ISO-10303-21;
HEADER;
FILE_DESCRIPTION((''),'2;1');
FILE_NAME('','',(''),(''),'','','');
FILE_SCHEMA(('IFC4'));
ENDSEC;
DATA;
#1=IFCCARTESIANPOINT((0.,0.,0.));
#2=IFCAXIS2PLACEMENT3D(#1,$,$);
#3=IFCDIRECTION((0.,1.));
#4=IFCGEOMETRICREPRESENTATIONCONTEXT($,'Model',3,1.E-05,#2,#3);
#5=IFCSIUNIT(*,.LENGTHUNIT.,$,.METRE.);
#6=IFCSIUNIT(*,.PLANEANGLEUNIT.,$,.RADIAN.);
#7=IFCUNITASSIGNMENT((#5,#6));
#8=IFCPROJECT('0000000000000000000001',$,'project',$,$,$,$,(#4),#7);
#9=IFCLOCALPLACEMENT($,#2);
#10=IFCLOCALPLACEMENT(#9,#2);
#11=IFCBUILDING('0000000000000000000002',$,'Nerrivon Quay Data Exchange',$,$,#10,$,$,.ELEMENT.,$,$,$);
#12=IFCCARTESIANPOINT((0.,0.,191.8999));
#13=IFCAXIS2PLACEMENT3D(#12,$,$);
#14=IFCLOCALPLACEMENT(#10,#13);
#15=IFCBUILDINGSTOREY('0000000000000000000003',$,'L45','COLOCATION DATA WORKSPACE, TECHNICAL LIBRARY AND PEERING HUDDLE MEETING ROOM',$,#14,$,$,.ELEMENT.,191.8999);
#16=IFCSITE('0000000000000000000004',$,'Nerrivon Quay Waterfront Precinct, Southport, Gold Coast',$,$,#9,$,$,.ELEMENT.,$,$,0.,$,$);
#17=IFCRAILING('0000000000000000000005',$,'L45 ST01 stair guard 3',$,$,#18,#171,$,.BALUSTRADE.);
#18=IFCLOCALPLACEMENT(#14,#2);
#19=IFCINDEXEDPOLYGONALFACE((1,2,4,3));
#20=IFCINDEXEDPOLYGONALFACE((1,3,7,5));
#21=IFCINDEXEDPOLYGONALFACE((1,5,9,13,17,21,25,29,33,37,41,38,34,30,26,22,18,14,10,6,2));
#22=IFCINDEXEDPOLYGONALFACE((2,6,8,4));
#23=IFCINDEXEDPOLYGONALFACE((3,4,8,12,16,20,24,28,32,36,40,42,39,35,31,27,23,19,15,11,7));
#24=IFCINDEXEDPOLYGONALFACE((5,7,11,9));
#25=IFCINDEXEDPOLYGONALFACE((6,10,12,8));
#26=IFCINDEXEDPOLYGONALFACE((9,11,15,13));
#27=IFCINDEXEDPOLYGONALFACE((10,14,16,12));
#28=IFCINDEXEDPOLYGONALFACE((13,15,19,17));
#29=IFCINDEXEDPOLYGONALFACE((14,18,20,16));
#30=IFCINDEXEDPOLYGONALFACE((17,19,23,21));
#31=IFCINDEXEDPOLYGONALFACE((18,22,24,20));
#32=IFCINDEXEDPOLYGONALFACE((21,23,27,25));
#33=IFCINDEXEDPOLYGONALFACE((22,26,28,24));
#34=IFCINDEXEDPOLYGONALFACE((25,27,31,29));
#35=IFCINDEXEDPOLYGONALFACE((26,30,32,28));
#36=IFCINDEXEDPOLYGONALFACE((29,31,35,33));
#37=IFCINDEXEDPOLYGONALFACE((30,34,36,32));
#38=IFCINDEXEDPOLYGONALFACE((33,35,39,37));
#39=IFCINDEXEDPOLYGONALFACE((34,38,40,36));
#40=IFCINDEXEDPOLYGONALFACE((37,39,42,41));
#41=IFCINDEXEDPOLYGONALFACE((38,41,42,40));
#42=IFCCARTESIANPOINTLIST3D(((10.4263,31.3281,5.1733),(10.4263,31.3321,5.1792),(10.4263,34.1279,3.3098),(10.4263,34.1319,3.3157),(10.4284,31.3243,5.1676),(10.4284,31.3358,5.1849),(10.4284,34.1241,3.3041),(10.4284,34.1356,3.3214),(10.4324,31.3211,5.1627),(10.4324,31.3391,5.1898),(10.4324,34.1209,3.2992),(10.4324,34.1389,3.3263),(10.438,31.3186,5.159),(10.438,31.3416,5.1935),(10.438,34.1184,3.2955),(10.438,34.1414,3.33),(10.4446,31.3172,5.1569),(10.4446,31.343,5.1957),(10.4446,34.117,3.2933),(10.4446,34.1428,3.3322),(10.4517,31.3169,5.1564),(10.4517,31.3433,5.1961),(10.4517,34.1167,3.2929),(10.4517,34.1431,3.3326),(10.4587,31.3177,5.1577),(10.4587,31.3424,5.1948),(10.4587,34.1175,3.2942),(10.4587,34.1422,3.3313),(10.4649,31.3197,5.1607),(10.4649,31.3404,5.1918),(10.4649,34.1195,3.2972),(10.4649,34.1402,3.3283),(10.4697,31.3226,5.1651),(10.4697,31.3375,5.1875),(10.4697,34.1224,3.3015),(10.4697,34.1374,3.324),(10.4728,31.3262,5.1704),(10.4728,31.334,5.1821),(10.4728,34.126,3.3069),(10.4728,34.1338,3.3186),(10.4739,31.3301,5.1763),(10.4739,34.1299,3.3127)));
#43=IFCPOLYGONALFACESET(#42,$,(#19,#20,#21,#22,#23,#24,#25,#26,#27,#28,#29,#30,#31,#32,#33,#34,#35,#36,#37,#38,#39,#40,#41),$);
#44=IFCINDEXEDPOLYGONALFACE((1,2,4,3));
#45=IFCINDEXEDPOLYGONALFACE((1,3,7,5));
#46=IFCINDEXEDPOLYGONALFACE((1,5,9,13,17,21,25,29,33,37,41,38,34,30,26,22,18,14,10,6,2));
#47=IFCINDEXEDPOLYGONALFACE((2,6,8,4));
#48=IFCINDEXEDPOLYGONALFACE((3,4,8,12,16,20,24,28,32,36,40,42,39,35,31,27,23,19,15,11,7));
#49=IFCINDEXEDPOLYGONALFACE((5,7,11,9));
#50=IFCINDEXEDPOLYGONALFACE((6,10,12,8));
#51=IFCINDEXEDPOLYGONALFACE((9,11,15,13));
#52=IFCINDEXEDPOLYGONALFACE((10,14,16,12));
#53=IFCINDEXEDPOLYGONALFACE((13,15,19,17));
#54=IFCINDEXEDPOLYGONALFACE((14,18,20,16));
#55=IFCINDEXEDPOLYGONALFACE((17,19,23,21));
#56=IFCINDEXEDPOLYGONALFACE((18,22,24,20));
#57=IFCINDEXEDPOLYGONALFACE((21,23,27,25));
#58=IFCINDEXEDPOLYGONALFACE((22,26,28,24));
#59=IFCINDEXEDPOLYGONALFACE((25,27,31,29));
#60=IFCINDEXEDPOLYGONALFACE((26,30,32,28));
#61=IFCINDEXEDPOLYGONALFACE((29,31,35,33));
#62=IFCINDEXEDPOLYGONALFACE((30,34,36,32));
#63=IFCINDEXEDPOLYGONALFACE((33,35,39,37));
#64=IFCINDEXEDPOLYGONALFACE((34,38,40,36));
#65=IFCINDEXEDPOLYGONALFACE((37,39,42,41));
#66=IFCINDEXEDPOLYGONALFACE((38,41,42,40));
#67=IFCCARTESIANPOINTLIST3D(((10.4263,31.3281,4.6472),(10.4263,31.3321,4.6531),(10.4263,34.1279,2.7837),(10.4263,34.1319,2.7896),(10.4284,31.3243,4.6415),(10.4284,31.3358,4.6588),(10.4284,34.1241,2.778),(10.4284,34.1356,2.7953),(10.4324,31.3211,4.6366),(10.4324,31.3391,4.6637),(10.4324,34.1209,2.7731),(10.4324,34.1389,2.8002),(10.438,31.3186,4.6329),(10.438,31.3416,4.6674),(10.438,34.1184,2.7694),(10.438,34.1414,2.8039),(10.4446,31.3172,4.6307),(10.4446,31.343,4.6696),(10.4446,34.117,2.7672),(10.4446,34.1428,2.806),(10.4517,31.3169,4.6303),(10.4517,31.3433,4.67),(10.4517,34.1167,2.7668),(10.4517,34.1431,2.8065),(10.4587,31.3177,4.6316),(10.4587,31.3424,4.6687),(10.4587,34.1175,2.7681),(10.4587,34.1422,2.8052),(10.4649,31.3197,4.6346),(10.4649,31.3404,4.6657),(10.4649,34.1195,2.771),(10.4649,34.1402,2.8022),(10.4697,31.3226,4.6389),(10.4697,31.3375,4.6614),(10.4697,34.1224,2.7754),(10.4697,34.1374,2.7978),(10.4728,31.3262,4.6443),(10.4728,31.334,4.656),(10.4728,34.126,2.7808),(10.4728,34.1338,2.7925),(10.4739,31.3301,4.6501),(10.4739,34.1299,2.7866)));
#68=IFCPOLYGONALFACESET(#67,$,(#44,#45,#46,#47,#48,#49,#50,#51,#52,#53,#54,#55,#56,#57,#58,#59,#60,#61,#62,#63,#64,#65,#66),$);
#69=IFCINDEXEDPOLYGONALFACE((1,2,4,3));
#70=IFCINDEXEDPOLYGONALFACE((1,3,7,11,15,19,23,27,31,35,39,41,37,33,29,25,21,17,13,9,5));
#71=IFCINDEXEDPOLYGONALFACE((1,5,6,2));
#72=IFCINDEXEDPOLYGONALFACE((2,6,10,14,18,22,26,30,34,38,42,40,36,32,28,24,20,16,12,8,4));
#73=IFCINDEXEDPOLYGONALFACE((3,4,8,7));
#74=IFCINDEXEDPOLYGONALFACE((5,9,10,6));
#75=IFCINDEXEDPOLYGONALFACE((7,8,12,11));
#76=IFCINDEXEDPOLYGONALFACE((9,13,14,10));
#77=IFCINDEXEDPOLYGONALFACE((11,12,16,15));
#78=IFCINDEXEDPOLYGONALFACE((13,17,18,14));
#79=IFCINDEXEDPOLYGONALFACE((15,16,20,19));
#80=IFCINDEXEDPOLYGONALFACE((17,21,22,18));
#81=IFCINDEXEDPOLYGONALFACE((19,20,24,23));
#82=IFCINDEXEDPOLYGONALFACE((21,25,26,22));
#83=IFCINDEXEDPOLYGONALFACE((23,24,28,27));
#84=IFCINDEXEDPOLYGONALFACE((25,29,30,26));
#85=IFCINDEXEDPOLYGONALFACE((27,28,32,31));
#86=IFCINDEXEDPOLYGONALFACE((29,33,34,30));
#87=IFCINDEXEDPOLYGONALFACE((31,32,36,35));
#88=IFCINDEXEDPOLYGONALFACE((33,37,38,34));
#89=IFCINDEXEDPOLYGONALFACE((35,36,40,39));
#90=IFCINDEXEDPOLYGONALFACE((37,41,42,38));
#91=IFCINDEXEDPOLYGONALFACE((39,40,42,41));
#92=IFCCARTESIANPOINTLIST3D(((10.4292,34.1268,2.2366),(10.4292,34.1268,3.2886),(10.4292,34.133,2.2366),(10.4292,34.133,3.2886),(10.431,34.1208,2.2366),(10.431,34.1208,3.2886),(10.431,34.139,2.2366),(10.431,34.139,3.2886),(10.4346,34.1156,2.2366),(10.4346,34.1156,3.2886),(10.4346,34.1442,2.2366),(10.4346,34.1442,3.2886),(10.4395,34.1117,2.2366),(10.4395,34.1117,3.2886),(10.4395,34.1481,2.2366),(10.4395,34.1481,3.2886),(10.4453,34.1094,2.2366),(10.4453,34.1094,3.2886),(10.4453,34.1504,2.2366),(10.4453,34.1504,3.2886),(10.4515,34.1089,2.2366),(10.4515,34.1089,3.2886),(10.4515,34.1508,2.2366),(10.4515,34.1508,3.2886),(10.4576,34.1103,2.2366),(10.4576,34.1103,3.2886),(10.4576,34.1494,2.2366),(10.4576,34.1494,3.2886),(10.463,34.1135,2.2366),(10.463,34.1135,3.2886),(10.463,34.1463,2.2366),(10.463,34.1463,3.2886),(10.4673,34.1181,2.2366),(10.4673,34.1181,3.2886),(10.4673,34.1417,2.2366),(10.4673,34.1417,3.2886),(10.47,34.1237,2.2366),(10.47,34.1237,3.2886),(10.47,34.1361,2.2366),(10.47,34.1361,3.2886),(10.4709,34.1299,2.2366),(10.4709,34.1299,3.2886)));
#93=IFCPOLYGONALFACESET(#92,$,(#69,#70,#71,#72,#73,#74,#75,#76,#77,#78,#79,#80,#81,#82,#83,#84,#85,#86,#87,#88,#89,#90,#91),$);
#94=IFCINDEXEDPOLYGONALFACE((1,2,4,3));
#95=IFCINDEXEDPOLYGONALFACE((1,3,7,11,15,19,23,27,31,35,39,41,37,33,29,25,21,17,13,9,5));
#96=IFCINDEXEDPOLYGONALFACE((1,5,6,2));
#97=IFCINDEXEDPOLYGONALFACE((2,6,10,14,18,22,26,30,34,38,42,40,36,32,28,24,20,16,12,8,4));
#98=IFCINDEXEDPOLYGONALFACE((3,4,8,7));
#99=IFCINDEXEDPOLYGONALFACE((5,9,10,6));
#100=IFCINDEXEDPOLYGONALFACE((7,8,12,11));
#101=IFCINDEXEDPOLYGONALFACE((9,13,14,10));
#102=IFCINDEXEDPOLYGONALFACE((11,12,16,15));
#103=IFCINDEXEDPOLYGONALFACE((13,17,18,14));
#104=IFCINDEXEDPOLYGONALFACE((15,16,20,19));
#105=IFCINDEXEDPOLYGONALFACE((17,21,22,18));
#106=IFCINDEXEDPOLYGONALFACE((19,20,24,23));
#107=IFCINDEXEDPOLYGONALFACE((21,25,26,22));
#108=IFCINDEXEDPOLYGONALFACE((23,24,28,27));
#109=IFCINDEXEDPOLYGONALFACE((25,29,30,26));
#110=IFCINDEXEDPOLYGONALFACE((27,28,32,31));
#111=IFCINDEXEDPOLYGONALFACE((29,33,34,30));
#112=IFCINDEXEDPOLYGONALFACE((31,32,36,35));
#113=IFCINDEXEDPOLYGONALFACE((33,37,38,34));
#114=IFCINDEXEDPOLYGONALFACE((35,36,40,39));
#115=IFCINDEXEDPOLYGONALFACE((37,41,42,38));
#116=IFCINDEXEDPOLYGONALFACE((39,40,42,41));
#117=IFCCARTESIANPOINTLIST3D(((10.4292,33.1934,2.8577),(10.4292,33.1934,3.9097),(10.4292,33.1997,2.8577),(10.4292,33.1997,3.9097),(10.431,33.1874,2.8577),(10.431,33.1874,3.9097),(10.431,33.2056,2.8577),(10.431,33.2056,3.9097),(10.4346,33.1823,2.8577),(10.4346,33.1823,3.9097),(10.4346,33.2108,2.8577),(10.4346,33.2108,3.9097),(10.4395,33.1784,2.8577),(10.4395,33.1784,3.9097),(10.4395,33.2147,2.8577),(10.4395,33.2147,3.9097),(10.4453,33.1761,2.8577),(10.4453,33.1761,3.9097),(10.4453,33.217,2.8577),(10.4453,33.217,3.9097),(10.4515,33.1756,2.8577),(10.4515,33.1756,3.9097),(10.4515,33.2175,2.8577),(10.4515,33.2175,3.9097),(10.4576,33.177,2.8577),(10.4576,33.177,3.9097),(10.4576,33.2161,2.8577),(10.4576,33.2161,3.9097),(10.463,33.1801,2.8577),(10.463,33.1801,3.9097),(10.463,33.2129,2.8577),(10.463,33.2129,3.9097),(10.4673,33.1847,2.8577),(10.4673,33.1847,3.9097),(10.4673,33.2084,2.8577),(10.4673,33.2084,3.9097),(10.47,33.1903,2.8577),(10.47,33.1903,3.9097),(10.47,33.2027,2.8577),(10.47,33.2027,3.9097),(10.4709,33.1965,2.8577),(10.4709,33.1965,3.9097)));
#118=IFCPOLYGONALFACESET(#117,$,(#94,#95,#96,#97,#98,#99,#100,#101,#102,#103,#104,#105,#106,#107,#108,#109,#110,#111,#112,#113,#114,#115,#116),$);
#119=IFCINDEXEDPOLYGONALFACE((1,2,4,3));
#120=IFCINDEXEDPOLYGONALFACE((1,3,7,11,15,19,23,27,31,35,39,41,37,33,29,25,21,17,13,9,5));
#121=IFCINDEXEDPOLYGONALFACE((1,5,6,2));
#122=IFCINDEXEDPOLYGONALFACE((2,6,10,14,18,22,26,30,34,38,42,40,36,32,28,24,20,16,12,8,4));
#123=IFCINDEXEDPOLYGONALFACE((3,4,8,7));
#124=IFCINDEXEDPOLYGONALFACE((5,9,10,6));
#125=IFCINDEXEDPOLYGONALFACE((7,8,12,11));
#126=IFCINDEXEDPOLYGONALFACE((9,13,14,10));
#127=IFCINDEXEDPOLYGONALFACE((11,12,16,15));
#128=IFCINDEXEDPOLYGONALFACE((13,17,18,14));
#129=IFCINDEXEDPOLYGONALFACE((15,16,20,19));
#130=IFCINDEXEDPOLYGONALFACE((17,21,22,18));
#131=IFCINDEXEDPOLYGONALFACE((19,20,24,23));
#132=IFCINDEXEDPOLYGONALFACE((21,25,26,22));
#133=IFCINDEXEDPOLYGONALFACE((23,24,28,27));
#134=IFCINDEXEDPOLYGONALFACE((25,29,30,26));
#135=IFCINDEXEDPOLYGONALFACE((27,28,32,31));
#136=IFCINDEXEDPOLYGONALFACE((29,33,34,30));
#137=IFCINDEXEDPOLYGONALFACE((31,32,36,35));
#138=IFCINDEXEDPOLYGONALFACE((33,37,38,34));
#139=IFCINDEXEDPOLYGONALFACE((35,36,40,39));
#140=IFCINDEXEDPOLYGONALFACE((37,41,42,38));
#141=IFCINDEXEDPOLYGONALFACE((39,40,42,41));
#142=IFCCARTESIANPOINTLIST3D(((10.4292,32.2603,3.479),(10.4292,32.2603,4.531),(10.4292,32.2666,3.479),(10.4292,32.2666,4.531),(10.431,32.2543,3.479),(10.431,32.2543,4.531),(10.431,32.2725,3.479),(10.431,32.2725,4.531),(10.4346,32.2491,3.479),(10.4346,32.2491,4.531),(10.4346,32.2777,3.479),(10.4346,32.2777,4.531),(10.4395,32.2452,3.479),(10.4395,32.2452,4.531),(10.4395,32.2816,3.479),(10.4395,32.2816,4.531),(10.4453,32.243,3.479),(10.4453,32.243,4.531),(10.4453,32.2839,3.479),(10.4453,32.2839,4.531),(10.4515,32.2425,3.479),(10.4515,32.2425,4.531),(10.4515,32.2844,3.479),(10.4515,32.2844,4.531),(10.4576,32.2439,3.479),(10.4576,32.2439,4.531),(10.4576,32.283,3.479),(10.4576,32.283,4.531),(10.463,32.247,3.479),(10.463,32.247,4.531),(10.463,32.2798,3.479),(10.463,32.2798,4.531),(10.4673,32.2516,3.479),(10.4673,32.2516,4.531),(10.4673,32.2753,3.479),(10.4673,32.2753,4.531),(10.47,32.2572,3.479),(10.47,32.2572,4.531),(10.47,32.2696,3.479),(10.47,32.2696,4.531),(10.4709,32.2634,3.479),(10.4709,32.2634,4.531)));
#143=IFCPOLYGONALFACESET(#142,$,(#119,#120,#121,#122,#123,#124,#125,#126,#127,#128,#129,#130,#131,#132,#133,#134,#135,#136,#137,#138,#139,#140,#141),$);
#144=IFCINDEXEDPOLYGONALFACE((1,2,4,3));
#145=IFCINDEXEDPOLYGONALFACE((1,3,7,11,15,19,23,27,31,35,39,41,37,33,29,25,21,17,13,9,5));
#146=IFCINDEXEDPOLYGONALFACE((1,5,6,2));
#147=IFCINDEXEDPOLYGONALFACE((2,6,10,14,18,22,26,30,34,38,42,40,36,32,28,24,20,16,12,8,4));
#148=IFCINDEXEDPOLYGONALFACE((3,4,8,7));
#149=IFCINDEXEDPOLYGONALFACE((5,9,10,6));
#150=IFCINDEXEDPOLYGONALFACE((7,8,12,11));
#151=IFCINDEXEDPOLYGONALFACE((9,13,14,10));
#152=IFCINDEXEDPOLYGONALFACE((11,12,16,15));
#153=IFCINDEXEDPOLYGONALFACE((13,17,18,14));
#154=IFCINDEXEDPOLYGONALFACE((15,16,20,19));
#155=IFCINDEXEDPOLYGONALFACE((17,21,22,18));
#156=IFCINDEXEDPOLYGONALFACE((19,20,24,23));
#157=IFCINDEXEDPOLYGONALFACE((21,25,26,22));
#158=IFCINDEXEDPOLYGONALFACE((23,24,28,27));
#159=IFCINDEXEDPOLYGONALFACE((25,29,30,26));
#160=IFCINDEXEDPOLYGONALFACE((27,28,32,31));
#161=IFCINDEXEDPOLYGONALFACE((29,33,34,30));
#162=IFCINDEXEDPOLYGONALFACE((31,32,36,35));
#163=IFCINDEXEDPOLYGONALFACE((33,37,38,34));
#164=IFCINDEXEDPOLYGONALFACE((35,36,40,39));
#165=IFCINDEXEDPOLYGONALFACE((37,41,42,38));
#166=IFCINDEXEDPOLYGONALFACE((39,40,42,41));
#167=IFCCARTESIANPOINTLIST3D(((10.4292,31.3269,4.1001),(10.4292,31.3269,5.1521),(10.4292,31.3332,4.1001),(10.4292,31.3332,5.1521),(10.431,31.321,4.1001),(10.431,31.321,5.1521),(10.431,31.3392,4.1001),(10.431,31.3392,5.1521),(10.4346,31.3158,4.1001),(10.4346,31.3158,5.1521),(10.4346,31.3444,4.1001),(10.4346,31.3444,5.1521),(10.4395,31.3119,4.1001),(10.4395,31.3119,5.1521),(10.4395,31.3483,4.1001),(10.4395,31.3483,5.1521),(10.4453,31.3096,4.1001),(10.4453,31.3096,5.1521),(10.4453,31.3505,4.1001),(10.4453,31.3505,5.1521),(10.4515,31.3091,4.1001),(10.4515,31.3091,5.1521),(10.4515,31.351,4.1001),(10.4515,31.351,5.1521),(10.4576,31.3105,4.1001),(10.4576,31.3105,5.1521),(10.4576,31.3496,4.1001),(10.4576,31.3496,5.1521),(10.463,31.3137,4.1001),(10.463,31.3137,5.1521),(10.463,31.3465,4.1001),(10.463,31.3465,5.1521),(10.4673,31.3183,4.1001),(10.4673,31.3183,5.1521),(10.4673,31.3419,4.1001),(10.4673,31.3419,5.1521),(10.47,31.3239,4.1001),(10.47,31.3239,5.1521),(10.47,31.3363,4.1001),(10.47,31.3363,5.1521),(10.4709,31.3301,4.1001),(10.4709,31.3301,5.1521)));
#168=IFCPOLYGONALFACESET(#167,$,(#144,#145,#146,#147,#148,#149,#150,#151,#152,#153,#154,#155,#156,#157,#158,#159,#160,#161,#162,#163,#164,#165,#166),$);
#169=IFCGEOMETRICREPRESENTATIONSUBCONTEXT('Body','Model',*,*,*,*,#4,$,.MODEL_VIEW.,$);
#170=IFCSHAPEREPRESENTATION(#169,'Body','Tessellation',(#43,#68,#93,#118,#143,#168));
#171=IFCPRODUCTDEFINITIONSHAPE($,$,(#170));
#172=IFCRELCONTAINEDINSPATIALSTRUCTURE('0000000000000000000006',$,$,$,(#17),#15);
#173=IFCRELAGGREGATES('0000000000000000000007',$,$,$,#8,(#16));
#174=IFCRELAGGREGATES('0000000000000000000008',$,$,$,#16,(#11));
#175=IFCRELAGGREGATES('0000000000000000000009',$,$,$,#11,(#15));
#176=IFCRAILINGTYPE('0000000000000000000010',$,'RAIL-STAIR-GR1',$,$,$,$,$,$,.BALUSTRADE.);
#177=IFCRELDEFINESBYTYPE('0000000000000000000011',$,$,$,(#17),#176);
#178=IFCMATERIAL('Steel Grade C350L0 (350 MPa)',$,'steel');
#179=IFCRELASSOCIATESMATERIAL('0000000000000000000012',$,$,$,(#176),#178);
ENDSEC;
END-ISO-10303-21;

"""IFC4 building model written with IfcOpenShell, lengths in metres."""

from ifc_helpers import new_model, si_unit, direction, frame, origin, origin_2d, place, context, subcontext, project, spatial, circle, extrude, material, type_object, element, save


model = new_model("IFC4")

# Units and contexts
model_context = context("Model", 3, precision=1e-05, world=origin(), true_north=direction((0.0, 1.0)))
body_context = subcontext(model_context, "Body", "Model", "MODEL_VIEW")
ifc_project = project(units=[si_unit("LENGTHUNIT", "METRE"), si_unit("PLANEANGLEUNIT", "RADIAN")], contexts=[model_context])

# Site, building, storey
site_placement = place(None, origin())
site = spatial("IfcSite", under=ifc_project, at=site_placement, Name="Nerrivon Quay Waterfront Precinct, Southport, Gold Coast", CompositionType="ELEMENT", RefElevation=0.0)
building_placement = place(site_placement, origin())
building = spatial("IfcBuilding", under=site, at=building_placement, Name="Nerrivon Quay Data Exchange", CompositionType="ELEMENT")
storey_placement = place(building_placement, frame((0.0, 0.0, 191.8999)))
storey = spatial("IfcBuildingStorey", under=building, at=storey_placement, Name="L45", Description="COLOCATION DATA WORKSPACE, TECHNICAL LIBRARY AND PEERING HUDDLE MEETING ROOM", CompositionType="ELEMENT", Elevation=191.8999)

# Railing
ifc_material_1 = material(Name="Steel Grade C350L0 (350 MPa)", Category="steel")
railing_type_1 = type_object("IfcRailingType", Name="RAIL-STAIR-GR1", PredefinedType="BALUSTRADE", material=ifc_material_1)
railing_1_placement = place(storey_placement, frame((10.45, 34.1299, 2.2366)))
element("IfcRailing", 1, at=railing_1_placement, inside=storey, type_object=railing_type_1, Name="L45 ST01 stair guard 3", PredefinedType="BALUSTRADE", context=body_context, shape_type="SweptSolid", body=[
    extrude(circle(Radius=0.0239, at=origin_2d()), frame((0.0, 0.0, 1.0762), z_axis=(0.0, -0.832463, 0.55408), x_axis=(1.0, 0.0, 0.0)), (0.0, 0.0, 1.0), 3.3633),
    extrude(circle(Radius=0.0239, at=origin_2d()), frame((0.0, 0.0, 0.55), z_axis=(0.0, -0.832463, 0.55408), x_axis=(1.0, 0.0, 0.0)), (0.0, 0.0, 1.0), 3.3633),
    extrude(circle(Radius=0.021, at=origin_2d()), origin(), (0.0, 0.0, 1.0), 1.052),
    extrude(circle(Radius=0.021, at=origin_2d()), frame((0.0, -0.9333, 0.6211)), (0.0, 0.0, 1.0), 1.052),
    extrude(circle(Radius=0.021, at=origin_2d()), frame((0.0, -1.8665, 1.2424)), (0.0, 0.0, 1.0), 1.052),
    extrude(circle(Radius=0.021, at=origin_2d()), frame((0.0, -2.7998, 1.8635)), (0.0, 0.0, 1.0), 1.052),
])

save(model, "model.ifc")
